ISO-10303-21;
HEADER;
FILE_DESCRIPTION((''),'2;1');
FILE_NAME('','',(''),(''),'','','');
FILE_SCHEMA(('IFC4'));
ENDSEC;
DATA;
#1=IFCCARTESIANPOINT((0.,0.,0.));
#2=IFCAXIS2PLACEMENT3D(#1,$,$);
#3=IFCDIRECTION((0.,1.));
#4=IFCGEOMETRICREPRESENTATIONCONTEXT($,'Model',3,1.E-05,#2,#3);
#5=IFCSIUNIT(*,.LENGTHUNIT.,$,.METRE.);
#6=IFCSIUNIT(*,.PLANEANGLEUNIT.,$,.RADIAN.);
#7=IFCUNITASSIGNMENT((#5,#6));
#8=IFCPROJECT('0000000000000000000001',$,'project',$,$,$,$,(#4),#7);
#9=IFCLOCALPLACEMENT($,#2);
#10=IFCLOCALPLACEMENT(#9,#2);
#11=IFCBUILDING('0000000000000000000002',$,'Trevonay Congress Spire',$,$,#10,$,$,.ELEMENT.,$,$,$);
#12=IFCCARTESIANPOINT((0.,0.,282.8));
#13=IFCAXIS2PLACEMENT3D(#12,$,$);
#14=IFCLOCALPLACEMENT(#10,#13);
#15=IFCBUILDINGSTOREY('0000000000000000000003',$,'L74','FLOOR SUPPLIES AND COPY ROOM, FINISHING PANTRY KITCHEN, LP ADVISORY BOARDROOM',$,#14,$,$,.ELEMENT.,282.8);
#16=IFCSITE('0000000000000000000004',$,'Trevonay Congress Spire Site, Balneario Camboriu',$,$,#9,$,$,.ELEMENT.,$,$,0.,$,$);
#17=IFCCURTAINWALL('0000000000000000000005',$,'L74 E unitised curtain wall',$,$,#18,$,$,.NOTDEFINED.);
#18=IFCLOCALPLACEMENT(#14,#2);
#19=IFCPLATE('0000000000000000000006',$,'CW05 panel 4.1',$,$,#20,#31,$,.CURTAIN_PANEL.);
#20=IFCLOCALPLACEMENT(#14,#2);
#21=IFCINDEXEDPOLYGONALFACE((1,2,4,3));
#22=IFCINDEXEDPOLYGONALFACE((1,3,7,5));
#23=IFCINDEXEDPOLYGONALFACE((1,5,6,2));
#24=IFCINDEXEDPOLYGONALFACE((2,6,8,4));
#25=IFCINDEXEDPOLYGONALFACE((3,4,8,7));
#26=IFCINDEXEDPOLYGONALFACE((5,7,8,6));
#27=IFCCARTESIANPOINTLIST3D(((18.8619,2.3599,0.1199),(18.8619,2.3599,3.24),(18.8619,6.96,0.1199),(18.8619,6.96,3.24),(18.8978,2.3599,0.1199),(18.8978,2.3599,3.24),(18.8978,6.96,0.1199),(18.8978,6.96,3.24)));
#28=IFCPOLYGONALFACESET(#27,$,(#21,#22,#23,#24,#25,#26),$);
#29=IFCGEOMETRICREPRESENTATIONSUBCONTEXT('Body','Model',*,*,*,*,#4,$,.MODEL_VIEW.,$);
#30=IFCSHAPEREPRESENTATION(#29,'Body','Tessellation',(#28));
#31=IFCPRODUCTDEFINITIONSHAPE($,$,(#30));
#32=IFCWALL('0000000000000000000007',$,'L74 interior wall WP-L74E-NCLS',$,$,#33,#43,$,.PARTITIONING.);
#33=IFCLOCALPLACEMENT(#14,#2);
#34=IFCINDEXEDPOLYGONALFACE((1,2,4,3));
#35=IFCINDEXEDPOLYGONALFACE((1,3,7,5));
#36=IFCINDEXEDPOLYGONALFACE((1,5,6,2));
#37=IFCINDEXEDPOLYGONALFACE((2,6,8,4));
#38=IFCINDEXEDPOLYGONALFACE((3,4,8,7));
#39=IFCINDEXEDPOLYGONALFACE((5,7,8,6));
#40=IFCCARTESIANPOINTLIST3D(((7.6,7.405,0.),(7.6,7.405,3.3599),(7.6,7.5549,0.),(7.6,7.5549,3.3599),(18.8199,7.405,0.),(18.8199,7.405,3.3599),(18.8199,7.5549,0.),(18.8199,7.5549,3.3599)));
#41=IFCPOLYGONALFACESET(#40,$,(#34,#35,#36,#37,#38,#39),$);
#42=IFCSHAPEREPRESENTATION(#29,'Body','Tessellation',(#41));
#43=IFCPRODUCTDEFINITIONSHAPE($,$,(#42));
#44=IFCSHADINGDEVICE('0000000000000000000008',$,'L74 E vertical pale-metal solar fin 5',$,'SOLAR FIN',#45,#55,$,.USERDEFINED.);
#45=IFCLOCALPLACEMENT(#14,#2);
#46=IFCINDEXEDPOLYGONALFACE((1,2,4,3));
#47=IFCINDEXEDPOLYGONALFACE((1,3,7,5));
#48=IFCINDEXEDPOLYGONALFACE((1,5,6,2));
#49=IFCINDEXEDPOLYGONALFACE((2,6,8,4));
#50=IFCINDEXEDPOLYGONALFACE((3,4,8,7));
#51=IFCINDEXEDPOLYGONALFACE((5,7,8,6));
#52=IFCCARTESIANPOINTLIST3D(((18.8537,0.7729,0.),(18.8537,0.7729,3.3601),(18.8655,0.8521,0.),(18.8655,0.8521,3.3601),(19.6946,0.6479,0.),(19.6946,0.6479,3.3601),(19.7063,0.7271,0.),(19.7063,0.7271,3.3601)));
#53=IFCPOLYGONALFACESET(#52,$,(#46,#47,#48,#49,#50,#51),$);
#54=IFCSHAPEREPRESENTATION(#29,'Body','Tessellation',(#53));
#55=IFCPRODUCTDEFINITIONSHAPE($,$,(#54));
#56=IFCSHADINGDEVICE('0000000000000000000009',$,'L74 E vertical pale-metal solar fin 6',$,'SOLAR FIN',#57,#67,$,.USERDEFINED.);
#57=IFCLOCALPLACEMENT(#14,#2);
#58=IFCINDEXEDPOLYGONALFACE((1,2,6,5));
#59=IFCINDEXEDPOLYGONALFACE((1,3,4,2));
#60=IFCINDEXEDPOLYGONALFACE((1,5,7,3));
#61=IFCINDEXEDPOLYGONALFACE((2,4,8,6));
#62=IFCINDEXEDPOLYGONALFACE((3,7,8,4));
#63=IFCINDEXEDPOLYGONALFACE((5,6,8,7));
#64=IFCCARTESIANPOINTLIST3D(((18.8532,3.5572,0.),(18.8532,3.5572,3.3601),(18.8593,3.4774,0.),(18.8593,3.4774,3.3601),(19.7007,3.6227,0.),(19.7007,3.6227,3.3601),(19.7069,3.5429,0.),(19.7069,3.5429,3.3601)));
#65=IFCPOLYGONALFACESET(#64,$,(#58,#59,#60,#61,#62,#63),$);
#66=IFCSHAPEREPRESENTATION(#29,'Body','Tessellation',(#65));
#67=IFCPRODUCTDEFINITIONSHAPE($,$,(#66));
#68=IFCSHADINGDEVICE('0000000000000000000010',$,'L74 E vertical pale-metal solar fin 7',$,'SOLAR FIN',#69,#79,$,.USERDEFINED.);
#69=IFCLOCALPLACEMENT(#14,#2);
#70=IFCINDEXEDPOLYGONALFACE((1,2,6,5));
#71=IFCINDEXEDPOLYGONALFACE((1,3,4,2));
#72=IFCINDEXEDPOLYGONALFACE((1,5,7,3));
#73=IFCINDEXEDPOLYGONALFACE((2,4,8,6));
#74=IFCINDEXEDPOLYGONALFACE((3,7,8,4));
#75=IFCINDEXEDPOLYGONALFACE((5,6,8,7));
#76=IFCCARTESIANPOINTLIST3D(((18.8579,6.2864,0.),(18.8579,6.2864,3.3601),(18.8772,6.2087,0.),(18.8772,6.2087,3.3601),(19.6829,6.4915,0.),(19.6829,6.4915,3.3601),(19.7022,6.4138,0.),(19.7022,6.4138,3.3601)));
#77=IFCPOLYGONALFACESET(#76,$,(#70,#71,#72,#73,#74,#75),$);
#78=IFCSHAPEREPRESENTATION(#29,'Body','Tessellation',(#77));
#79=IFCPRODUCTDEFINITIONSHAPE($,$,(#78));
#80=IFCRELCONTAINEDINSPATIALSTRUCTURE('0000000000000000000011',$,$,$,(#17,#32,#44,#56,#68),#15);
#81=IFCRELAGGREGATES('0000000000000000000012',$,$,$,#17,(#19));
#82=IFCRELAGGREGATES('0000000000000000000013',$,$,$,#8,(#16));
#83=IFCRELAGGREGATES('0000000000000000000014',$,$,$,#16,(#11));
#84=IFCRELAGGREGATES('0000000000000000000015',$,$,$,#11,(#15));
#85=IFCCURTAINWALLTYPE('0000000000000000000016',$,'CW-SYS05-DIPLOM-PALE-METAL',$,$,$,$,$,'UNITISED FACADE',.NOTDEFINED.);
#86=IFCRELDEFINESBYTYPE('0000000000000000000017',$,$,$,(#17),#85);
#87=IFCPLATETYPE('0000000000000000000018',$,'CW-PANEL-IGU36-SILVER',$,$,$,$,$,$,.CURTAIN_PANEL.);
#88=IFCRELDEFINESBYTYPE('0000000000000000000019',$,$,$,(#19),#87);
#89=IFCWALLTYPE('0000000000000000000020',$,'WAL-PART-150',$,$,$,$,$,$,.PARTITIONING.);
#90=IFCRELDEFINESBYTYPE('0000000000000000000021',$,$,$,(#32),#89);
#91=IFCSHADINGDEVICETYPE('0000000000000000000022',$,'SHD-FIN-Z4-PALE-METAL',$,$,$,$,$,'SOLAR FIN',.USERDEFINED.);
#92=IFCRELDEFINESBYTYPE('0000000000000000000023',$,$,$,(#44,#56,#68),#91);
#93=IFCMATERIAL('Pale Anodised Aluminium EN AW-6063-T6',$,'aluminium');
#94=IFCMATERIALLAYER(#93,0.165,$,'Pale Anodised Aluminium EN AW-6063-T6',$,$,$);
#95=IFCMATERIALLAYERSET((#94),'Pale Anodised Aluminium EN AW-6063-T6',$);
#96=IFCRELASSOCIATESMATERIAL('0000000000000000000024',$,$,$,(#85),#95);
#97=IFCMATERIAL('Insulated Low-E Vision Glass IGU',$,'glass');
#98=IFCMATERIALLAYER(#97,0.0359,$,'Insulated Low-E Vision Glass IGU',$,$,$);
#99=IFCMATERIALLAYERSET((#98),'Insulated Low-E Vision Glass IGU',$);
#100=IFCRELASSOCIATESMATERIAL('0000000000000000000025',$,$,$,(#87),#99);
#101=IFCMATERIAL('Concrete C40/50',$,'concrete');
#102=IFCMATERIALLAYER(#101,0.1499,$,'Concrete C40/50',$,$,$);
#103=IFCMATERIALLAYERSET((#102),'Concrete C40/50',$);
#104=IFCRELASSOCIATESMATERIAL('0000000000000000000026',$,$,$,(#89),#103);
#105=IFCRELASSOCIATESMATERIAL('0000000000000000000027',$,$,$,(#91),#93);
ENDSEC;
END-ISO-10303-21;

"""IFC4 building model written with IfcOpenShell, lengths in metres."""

from ifc_helpers import new_model, si_unit, direction, frame, frame_2d, origin, origin_2d, place, context, subcontext, project, spatial, rectangle, extrude, material, layer, layer_set, type_object, element, aggregate, save


model = new_model("IFC4")

# Units and contexts
model_context = context("Model", 3, precision=1e-05, world=origin(), true_north=direction((0.0, 1.0)))
body_context = subcontext(model_context, "Body", "Model", "MODEL_VIEW")
ifc_project = project(units=[si_unit("LENGTHUNIT", "METRE"), si_unit("PLANEANGLEUNIT", "RADIAN")], contexts=[model_context])

# Site, building, storey
site_placement = place(None, origin())
site = spatial("IfcSite", under=ifc_project, at=site_placement, Name="Trevonay Congress Spire Site, Balneario Camboriu", CompositionType="ELEMENT", RefElevation=0.0)
building_placement = place(site_placement, origin())
building = spatial("IfcBuilding", under=site, at=building_placement, Name="Trevonay Congress Spire", CompositionType="ELEMENT")
storey_placement = place(building_placement, frame((0.0, 0.0, 282.8)))
storey = spatial("IfcBuildingStorey", under=building, at=storey_placement, Name="L74", Description="FLOOR SUPPLIES AND COPY ROOM, FINISHING PANTRY KITCHEN, LP ADVISORY BOARDROOM", CompositionType="ELEMENT", Elevation=282.8)

# Curtain wall, plate
ifc_material_1 = material(Name="Pale Anodised Aluminium EN AW-6063-T6", Category="aluminium")
ifc_layer_1 = layer(ifc_material_1, 0.165, Name="Pale Anodised Aluminium EN AW-6063-T6")
ifc_layer_set_1 = layer_set([ifc_layer_1], Name="Pale Anodised Aluminium EN AW-6063-T6")
curtain_wall_type = type_object("IfcCurtainWallType", Name="CW-SYS05-DIPLOM-PALE-METAL", ElementType="UNITISED FACADE", PredefinedType="NOTDEFINED", material=ifc_layer_set_1)
curtain_wall_placement = place(storey_placement, origin())
curtain_wall = element("IfcCurtainWall", 1, at=curtain_wall_placement, inside=storey, type_object=curtain_wall_type, Name="L74 E unitised curtain wall", PredefinedType="NOTDEFINED")
ifc_material_2 = material(Name="Insulated Low-E Vision Glass IGU", Category="glass")
ifc_layer_2 = layer(ifc_material_2, 0.0359, Name="Insulated Low-E Vision Glass IGU")
ifc_layer_set_2 = layer_set([ifc_layer_2], Name="Insulated Low-E Vision Glass IGU")
plate_type = type_object("IfcPlateType", Name="CW-PANEL-IGU36-SILVER", PredefinedType="CURTAIN_PANEL", material=ifc_layer_set_2)
plate_1_placement = place(storey_placement, frame((18.8799, 4.6599, 0.1199), z_axis=(0.0, 0.0, 1.0), x_axis=(0.0, 1.0, 0.0)))
plate_1 = element("IfcPlate", 2, at=plate_1_placement, type_object=plate_type, Name="CW05 panel 4.1", PredefinedType="CURTAIN_PANEL", context=body_context, shape_type="SweptSolid", body=[
    extrude(rectangle(XDim=4.6001, YDim=0.0359, at=origin_2d()), origin(), (0.0, 0.0, 1.0), 3.1201),
])
aggregate(curtain_wall, [plate_1])

# Wall
ifc_material_3 = material(Name="Concrete C40/50", Category="concrete")
ifc_layer_3 = layer(ifc_material_3, 0.1499, Name="Concrete C40/50")
ifc_layer_set_3 = layer_set([ifc_layer_3], Name="Concrete C40/50")
wall_type = type_object("IfcWallType", Name="WAL-PART-150", PredefinedType="PARTITIONING", material=ifc_layer_set_3)
wall_placement = place(storey_placement, frame((7.6001, 7.48, 0.0), z_axis=(0.0, 0.0, 1.0), x_axis=(1.0, 0.0, 0.0)))
element("IfcWall", 3, at=wall_placement, inside=storey, type_object=wall_type, Name="L74 interior wall WP-L74E-NCLS", PredefinedType="PARTITIONING", context=body_context, shape_type="SweptSolid", body=[
    extrude(rectangle(XDim=11.22, YDim=0.1499, at=frame_2d((5.6099, 0.0))), origin(), (0.0, 0.0, 1.0), 3.3599),
])

# Shading devices
shading_device_type = type_object("IfcShadingDeviceType", Name="SHD-FIN-Z4-PALE-METAL", ElementType="SOLAR FIN", PredefinedType="USERDEFINED", material=ifc_material_1)
for number, where, z_axis, x_axis, name in (
    (4, (19.28, 0.75, 0.0), (0.0, 0.0, 1.0), (0.146946, 0.989144, 0.0), "L74 E vertical pale-metal solar fin 5"),
    (5, (19.28, 3.55, 0.0), (0.0, 0.0, 1.0), (-0.077067, 0.997026, 0.0), "L74 E vertical pale-metal solar fin 6"),
    (6, (19.28, 6.3501, 0.0), (0.0, 0.0, 1.0), (-0.241244, 0.970464, 0.0), "L74 E vertical pale-metal solar fin 7"),
):
    element("IfcShadingDevice", number, at=place(storey_placement, frame(where, z_axis=z_axis, x_axis=x_axis)), inside=storey, type_object=shading_device_type, Name=name, ObjectType="SOLAR FIN", PredefinedType="USERDEFINED", context=body_context, shape_type="SweptSolid", body=[
        extrude(rectangle(XDim=0.0801, YDim=0.8501, at=origin_2d()), origin(), (0.0, 0.0, 1.0), 3.3601),
    ])

save(model, "model.ifc")
